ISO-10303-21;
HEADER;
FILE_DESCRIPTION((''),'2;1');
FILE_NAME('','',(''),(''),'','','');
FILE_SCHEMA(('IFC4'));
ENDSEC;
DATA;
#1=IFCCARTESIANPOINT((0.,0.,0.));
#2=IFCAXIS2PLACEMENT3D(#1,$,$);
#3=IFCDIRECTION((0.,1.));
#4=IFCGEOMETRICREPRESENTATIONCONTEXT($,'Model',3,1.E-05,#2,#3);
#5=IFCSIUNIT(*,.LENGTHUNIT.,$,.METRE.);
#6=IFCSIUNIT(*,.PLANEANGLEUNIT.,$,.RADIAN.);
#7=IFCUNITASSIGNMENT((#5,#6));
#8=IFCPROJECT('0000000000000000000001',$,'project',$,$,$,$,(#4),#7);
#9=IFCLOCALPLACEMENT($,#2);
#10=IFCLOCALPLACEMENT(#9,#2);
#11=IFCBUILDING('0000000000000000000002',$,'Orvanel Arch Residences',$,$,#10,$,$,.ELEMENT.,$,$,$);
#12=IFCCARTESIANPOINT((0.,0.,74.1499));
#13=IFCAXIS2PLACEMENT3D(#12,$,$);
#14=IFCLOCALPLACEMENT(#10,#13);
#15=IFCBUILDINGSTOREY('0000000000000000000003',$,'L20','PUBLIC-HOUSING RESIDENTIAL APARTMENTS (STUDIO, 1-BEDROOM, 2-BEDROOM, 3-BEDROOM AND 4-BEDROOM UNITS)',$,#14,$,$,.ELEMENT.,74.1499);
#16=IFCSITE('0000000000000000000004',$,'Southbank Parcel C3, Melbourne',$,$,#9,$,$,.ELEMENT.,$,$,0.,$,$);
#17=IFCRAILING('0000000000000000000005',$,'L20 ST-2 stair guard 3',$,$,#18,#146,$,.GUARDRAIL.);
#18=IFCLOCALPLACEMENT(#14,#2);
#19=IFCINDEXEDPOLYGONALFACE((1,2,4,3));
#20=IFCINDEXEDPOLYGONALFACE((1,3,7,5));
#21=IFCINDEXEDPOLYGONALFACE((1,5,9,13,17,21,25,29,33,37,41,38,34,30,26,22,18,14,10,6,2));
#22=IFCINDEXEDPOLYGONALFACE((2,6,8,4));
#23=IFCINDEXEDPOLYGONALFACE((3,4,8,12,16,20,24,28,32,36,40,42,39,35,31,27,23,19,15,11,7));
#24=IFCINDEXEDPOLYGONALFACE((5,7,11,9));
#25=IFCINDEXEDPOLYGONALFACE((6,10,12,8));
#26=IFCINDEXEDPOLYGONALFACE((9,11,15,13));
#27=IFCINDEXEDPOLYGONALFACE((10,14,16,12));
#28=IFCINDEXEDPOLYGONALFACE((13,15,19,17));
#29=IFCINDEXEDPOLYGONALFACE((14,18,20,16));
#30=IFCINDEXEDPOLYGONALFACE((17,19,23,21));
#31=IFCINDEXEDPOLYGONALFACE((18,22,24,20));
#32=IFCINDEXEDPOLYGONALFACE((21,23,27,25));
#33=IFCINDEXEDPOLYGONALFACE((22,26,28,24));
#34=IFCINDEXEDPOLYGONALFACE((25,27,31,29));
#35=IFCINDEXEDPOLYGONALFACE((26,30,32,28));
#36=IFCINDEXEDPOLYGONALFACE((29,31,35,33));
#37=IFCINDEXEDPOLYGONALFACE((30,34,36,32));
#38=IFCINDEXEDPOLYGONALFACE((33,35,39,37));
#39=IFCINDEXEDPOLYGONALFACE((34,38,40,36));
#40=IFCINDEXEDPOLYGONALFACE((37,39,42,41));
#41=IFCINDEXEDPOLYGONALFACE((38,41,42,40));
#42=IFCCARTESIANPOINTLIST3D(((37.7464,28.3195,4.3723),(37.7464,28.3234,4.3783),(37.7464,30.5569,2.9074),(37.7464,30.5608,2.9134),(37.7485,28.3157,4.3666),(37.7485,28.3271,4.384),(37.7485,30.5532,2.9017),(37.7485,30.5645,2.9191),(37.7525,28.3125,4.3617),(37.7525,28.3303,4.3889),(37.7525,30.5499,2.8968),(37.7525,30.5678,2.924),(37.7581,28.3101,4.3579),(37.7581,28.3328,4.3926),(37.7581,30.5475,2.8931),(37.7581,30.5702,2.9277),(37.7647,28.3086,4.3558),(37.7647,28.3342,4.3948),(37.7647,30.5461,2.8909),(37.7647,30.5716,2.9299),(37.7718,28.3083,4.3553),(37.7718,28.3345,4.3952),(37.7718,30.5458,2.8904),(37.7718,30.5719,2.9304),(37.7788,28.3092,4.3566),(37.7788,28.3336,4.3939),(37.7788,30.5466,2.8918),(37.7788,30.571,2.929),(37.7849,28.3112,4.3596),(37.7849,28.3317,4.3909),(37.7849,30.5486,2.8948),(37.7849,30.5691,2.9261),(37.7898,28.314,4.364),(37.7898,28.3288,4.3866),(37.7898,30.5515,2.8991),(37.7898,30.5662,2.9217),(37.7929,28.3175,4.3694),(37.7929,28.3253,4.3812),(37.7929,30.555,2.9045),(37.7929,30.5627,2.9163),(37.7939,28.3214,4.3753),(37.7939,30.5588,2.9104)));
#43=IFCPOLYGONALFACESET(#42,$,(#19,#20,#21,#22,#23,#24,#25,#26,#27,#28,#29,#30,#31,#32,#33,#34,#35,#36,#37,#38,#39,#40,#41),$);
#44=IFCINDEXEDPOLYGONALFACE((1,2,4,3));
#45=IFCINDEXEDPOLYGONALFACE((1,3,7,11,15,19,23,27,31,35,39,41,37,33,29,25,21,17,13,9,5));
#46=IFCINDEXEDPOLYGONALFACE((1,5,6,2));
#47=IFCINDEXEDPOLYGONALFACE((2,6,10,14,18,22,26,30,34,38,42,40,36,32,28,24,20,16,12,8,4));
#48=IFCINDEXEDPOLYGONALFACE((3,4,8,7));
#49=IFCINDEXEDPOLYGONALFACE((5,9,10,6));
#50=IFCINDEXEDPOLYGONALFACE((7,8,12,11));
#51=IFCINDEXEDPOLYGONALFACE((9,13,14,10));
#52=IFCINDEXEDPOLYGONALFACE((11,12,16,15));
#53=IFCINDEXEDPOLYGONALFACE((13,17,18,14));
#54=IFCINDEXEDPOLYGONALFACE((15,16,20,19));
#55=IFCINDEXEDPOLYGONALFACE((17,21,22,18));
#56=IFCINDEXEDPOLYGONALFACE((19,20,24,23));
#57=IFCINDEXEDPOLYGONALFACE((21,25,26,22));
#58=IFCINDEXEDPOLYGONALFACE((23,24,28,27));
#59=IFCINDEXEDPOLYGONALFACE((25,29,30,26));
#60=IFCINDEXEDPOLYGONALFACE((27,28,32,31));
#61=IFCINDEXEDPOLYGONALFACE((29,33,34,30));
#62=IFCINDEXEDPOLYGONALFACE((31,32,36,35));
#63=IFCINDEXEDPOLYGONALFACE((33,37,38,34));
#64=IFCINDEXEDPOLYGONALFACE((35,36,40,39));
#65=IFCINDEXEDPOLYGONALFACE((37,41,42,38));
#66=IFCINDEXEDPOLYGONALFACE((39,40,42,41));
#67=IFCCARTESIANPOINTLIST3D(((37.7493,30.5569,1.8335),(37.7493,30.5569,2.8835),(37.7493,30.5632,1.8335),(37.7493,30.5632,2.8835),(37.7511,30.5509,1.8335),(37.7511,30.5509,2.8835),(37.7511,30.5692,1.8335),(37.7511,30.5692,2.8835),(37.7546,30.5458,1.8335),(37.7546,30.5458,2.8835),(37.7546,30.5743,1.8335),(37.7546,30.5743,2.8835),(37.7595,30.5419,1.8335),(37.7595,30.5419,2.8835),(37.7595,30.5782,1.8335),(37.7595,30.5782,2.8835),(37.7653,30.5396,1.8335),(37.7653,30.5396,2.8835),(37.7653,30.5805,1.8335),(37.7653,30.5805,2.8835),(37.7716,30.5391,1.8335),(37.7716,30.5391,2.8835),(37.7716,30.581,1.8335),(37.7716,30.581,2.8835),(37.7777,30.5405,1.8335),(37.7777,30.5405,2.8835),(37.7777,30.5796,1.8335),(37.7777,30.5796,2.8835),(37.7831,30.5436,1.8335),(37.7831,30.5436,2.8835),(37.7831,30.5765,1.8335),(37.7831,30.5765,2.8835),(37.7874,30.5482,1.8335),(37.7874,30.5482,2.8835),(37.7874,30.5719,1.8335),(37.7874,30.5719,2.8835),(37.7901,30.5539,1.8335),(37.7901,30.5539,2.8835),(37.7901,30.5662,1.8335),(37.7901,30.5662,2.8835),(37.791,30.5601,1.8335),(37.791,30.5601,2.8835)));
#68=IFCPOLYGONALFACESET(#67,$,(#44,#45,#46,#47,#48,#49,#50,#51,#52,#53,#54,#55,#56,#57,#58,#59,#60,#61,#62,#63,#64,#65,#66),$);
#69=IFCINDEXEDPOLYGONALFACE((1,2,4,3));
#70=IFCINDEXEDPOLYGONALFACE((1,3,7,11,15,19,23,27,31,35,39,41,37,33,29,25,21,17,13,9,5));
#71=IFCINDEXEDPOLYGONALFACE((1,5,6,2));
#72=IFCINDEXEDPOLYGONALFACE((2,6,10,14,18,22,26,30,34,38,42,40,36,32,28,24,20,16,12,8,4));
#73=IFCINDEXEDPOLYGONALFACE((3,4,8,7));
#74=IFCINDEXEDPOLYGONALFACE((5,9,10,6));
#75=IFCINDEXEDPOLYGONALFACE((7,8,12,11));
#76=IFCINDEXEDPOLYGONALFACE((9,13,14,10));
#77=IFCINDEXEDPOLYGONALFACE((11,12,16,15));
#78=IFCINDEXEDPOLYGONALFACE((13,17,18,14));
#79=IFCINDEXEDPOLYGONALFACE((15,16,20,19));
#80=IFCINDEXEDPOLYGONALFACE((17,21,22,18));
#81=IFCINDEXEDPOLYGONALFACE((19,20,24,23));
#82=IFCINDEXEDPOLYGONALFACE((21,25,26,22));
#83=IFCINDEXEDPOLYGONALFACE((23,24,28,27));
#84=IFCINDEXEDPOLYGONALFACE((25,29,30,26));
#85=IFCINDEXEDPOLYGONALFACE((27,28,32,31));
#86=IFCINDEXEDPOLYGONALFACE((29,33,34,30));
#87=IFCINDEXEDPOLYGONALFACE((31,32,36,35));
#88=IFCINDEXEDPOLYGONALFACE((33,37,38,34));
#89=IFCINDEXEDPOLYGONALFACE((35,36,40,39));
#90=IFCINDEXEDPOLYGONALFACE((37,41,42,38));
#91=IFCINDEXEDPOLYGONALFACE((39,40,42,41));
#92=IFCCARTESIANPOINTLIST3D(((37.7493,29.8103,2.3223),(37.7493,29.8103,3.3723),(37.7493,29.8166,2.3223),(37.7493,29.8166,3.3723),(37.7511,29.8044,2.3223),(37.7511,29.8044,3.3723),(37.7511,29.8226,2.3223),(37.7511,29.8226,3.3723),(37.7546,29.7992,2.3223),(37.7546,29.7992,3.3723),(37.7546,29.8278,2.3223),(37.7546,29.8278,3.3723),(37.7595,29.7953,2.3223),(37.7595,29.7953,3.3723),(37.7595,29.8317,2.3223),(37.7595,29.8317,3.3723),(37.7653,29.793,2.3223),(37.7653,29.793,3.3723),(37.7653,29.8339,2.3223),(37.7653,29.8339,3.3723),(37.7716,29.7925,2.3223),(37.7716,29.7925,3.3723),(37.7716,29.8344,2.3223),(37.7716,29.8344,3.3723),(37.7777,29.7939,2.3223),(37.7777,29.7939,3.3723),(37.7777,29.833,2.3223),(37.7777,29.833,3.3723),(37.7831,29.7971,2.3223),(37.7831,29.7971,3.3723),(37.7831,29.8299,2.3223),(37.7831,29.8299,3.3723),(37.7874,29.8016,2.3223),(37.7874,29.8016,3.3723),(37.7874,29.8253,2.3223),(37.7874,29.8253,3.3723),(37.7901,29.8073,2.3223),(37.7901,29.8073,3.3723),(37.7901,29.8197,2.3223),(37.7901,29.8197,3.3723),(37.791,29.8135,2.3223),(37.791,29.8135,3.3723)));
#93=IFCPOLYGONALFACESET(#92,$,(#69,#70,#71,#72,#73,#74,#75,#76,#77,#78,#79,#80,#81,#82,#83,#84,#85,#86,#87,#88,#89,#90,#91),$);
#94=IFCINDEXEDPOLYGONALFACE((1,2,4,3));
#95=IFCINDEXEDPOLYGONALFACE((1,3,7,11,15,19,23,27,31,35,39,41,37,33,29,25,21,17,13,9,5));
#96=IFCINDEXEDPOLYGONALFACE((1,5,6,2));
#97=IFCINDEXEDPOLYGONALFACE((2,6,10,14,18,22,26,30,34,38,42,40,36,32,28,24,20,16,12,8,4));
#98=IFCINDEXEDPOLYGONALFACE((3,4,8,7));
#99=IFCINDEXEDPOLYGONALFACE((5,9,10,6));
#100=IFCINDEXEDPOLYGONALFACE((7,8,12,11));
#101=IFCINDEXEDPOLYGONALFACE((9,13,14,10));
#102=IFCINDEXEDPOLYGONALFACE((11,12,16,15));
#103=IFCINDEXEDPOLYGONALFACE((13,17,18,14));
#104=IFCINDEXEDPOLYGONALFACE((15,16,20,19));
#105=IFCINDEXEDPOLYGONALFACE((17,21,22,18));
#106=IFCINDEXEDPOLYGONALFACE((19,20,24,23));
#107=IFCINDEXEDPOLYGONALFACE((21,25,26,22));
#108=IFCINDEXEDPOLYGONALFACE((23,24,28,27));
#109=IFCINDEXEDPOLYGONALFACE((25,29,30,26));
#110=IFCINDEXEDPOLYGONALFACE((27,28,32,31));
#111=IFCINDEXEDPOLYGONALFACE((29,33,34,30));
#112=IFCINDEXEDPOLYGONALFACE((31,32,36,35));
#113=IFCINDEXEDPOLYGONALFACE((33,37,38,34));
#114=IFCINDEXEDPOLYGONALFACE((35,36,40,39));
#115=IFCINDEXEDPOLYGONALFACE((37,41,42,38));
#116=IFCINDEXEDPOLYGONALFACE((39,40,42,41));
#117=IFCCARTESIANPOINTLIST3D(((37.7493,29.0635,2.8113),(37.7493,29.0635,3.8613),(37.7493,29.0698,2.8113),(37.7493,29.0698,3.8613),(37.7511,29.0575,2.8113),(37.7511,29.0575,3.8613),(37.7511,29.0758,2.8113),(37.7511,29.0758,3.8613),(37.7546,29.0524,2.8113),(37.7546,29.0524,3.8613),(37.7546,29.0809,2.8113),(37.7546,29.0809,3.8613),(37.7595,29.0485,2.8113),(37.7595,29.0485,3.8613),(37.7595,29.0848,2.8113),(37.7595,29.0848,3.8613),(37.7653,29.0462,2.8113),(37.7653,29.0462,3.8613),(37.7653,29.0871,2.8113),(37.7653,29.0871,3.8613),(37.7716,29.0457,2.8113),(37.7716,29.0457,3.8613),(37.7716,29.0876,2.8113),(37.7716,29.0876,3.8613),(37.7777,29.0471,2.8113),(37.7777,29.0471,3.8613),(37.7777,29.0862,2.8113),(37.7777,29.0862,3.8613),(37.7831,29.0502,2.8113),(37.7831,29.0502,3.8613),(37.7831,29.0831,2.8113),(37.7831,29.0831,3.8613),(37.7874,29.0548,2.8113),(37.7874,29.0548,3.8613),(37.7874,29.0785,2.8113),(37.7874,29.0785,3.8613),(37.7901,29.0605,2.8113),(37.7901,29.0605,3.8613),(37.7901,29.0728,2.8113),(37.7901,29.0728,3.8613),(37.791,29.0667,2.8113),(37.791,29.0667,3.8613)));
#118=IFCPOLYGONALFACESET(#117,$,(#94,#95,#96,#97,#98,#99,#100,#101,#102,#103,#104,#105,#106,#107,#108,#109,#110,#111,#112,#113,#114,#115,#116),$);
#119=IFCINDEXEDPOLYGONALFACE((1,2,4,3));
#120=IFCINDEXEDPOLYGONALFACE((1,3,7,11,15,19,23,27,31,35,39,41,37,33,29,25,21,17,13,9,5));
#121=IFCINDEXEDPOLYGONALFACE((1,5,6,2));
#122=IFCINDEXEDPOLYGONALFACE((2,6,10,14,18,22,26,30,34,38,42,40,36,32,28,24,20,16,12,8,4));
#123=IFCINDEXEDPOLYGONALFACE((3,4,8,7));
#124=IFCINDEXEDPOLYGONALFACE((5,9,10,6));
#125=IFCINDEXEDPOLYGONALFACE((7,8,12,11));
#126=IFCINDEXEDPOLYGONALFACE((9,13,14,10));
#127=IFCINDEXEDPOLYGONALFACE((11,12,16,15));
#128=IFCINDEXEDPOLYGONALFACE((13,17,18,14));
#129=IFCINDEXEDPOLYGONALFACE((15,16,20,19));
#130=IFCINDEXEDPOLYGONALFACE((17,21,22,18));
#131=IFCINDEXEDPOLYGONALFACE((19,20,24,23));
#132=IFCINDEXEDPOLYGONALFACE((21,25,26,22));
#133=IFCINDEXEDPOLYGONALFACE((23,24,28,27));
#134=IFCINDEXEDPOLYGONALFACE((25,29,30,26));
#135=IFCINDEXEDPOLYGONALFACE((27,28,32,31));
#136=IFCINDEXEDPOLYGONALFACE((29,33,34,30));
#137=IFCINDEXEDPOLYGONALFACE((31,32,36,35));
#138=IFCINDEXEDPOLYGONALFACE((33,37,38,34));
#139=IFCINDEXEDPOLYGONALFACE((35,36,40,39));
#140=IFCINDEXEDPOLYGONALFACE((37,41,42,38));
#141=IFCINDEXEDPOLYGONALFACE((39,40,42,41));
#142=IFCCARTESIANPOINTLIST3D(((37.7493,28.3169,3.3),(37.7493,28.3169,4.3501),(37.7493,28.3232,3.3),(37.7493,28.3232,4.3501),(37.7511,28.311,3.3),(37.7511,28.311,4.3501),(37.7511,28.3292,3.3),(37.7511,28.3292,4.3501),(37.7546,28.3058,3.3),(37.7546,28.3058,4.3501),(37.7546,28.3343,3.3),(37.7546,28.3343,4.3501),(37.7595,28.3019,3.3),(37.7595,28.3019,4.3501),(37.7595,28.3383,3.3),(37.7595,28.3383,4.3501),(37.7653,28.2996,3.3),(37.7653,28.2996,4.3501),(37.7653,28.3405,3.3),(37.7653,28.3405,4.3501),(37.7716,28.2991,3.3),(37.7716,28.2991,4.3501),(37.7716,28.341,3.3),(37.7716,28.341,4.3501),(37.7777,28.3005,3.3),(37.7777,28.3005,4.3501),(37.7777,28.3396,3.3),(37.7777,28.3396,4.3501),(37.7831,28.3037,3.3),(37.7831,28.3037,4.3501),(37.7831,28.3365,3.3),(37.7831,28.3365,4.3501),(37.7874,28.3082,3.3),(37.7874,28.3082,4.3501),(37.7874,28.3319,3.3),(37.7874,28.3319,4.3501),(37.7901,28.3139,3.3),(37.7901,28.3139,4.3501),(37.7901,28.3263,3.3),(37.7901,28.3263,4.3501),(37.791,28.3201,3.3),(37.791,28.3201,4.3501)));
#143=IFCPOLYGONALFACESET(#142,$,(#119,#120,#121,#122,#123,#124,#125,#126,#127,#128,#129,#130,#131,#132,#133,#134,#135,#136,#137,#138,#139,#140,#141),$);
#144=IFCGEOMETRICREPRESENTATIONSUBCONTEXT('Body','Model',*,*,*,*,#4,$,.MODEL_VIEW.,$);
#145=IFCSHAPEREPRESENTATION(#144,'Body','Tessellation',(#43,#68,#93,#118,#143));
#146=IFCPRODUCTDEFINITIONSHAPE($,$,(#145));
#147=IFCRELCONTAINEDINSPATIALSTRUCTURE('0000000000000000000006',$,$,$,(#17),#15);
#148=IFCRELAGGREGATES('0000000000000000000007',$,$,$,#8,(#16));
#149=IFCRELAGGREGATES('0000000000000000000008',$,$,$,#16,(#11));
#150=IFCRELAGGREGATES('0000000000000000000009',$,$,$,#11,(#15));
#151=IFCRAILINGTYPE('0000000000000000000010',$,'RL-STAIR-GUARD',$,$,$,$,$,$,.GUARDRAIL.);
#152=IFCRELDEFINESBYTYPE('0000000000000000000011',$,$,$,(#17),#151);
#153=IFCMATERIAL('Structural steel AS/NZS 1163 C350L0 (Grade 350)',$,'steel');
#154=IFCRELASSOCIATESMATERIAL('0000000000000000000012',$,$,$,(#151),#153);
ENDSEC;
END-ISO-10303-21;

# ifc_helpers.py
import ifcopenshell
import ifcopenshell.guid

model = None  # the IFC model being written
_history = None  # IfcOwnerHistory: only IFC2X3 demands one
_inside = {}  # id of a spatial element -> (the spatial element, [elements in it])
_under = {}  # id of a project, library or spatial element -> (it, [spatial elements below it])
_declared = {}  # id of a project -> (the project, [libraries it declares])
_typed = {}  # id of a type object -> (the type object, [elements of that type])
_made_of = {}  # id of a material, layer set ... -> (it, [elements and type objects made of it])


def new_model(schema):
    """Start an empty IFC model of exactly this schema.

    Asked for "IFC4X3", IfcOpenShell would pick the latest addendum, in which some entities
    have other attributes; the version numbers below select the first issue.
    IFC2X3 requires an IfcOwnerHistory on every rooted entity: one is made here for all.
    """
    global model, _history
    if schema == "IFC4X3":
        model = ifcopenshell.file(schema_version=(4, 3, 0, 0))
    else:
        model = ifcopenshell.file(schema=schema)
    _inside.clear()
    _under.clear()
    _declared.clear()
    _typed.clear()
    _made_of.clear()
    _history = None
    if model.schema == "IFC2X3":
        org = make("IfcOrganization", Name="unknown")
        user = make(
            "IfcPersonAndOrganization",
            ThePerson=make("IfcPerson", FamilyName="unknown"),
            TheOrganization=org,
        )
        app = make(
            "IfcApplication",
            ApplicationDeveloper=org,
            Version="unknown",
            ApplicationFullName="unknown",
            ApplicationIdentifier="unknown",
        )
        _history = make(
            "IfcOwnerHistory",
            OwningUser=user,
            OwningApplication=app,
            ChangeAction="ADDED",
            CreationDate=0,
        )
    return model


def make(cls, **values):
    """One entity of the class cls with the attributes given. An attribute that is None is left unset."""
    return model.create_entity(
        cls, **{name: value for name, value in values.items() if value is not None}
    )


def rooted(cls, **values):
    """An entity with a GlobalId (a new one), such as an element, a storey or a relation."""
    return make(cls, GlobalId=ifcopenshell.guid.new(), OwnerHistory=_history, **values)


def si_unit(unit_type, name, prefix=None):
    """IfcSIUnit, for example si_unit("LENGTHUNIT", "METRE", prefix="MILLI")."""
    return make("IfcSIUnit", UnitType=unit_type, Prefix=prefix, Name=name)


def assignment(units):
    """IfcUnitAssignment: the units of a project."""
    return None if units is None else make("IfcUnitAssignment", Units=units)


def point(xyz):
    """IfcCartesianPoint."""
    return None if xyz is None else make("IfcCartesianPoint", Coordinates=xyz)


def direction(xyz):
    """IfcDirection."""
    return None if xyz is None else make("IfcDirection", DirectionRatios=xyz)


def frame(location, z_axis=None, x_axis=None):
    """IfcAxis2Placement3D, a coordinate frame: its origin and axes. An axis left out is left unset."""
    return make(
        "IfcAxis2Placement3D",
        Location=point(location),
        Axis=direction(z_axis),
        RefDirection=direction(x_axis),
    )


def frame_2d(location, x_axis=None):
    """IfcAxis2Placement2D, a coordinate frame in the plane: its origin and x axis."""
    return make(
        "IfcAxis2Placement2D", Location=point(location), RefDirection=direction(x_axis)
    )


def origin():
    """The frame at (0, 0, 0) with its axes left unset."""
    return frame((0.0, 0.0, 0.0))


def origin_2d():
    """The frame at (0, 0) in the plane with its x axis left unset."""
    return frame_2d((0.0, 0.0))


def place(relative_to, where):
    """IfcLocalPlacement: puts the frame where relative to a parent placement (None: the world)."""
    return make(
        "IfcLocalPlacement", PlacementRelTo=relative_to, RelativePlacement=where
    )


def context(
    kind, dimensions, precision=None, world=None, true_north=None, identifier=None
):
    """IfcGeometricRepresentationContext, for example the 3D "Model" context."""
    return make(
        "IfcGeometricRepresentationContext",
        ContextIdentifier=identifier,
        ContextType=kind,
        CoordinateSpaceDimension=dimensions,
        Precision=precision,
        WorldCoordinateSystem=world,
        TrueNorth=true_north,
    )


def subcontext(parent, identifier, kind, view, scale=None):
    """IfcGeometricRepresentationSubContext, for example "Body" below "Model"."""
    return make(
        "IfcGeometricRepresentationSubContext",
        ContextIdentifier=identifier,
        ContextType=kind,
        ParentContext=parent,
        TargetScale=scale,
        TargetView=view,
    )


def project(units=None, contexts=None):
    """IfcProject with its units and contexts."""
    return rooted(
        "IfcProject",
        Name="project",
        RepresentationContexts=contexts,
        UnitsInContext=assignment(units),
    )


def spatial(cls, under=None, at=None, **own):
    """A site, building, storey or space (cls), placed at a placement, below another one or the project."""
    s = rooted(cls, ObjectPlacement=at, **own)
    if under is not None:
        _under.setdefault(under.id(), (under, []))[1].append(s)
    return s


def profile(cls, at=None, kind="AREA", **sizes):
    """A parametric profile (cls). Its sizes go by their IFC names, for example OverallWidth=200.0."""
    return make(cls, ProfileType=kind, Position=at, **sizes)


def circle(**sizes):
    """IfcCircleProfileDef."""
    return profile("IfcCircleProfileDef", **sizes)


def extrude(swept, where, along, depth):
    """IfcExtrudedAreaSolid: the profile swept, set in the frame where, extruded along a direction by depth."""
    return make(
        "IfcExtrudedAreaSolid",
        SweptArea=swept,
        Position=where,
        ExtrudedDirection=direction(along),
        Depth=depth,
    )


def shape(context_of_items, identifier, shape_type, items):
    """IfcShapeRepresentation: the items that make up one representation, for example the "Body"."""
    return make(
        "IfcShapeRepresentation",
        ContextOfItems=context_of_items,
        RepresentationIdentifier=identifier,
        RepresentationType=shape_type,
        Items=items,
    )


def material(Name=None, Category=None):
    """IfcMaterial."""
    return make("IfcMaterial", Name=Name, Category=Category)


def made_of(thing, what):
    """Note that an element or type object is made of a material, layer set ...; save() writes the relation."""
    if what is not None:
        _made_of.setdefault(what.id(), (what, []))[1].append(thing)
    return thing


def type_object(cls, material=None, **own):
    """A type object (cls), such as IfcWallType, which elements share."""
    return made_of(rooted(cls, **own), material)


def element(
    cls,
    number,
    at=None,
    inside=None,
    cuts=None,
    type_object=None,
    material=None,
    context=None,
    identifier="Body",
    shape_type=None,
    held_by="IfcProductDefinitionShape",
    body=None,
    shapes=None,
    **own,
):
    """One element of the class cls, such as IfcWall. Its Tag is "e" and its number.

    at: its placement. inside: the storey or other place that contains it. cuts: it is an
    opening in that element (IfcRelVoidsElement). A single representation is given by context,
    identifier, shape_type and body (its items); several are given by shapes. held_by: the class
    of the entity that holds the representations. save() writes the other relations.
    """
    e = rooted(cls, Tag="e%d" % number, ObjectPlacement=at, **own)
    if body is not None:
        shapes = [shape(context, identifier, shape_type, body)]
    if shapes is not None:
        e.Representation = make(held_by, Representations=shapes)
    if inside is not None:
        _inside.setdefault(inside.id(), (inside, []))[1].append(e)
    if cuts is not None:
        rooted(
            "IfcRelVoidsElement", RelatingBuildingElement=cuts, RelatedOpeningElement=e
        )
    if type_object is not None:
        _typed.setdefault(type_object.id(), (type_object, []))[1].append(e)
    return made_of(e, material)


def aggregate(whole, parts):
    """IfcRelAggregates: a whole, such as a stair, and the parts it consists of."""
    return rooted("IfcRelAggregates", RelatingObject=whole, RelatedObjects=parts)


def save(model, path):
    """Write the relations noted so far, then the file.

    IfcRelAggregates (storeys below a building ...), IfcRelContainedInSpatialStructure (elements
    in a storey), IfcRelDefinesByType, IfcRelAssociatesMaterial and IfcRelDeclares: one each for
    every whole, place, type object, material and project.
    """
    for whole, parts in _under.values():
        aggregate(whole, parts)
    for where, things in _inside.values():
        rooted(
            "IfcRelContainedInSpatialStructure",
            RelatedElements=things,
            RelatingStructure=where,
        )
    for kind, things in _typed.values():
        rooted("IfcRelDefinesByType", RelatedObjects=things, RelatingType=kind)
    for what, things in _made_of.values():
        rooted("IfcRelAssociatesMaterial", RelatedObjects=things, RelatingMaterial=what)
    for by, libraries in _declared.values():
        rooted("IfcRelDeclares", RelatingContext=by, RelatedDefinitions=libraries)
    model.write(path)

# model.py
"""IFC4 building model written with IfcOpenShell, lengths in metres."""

from ifc_helpers import new_model, si_unit, direction, frame, origin, origin_2d, place, context, subcontext, project, spatial, circle, extrude, material, type_object, element, save


model = new_model("IFC4")

# Units and contexts
model_context = context("Model", 3, precision=1e-05, world=origin(), true_north=direction((0.0, 1.0)))
body_context = subcontext(model_context, "Body", "Model", "MODEL_VIEW")
ifc_project = project(units=[si_unit("LENGTHUNIT", "METRE"), si_unit("PLANEANGLEUNIT", "RADIAN")], contexts=[model_context])

# Site, building, storey
site_placement = place(None, origin())
site = spatial("IfcSite", under=ifc_project, at=site_placement, Name="Southbank Parcel C3, Melbourne", CompositionType="ELEMENT", RefElevation=0.0)
building_placement = place(site_placement, origin())
building = spatial("IfcBuilding", under=site, at=building_placement, Name="Orvanel Arch Residences", CompositionType="ELEMENT")
storey_placement = place(building_placement, frame((0.0, 0.0, 74.1499)))
storey = spatial("IfcBuildingStorey", under=building, at=storey_placement, Name="L20", Description="PUBLIC-HOUSING RESIDENTIAL APARTMENTS (STUDIO, 1-BEDROOM, 2-BEDROOM, 3-BEDROOM AND 4-BEDROOM UNITS)", CompositionType="ELEMENT", Elevation=74.1499)

# Railing
ifc_material_1 = material(Name="Structural steel AS/NZS 1163 C350L0 (Grade 350)", Category="steel")
railing_type_1 = type_object("IfcRailingType", Name="RL-STAIR-GUARD", PredefinedType="GUARDRAIL", material=ifc_material_1)
railing_1_placement = place(storey_placement, frame((37.77, 30.5601, 1.8335)))
element("IfcRailing", 1, at=railing_1_placement, inside=storey, type_object=railing_type_1, Name="L20 ST-2 stair guard 3", PredefinedType="GUARDRAIL", context=body_context, shape_type="SweptSolid", body=[
    extrude(circle(Radius=0.0239, at=origin_2d()), frame((0.0, -0.0012, 1.0769), z_axis=(0.0, -0.836637, 0.547758), x_axis=(1.0, 0.0, 0.0)), (0.0, 0.0, 1.0), 2.6743),
    extrude(circle(Radius=0.021, at=origin_2d()), origin(), (0.0, 0.0, 1.0), 1.05),
    extrude(circle(Radius=0.021, at=origin_2d()), frame((0.0, -0.7466, 0.4888)), (0.0, 0.0, 1.0), 1.05),
    extrude(circle(Radius=0.021, at=origin_2d()), frame((0.0, -1.4934, 0.9778)), (0.0, 0.0, 1.0), 1.05),
    extrude(circle(Radius=0.021, at=origin_2d()), frame((0.0, -2.24, 1.4666)), (0.0, 0.0, 1.0), 1.05),
])

save(model, "model.ifc")
